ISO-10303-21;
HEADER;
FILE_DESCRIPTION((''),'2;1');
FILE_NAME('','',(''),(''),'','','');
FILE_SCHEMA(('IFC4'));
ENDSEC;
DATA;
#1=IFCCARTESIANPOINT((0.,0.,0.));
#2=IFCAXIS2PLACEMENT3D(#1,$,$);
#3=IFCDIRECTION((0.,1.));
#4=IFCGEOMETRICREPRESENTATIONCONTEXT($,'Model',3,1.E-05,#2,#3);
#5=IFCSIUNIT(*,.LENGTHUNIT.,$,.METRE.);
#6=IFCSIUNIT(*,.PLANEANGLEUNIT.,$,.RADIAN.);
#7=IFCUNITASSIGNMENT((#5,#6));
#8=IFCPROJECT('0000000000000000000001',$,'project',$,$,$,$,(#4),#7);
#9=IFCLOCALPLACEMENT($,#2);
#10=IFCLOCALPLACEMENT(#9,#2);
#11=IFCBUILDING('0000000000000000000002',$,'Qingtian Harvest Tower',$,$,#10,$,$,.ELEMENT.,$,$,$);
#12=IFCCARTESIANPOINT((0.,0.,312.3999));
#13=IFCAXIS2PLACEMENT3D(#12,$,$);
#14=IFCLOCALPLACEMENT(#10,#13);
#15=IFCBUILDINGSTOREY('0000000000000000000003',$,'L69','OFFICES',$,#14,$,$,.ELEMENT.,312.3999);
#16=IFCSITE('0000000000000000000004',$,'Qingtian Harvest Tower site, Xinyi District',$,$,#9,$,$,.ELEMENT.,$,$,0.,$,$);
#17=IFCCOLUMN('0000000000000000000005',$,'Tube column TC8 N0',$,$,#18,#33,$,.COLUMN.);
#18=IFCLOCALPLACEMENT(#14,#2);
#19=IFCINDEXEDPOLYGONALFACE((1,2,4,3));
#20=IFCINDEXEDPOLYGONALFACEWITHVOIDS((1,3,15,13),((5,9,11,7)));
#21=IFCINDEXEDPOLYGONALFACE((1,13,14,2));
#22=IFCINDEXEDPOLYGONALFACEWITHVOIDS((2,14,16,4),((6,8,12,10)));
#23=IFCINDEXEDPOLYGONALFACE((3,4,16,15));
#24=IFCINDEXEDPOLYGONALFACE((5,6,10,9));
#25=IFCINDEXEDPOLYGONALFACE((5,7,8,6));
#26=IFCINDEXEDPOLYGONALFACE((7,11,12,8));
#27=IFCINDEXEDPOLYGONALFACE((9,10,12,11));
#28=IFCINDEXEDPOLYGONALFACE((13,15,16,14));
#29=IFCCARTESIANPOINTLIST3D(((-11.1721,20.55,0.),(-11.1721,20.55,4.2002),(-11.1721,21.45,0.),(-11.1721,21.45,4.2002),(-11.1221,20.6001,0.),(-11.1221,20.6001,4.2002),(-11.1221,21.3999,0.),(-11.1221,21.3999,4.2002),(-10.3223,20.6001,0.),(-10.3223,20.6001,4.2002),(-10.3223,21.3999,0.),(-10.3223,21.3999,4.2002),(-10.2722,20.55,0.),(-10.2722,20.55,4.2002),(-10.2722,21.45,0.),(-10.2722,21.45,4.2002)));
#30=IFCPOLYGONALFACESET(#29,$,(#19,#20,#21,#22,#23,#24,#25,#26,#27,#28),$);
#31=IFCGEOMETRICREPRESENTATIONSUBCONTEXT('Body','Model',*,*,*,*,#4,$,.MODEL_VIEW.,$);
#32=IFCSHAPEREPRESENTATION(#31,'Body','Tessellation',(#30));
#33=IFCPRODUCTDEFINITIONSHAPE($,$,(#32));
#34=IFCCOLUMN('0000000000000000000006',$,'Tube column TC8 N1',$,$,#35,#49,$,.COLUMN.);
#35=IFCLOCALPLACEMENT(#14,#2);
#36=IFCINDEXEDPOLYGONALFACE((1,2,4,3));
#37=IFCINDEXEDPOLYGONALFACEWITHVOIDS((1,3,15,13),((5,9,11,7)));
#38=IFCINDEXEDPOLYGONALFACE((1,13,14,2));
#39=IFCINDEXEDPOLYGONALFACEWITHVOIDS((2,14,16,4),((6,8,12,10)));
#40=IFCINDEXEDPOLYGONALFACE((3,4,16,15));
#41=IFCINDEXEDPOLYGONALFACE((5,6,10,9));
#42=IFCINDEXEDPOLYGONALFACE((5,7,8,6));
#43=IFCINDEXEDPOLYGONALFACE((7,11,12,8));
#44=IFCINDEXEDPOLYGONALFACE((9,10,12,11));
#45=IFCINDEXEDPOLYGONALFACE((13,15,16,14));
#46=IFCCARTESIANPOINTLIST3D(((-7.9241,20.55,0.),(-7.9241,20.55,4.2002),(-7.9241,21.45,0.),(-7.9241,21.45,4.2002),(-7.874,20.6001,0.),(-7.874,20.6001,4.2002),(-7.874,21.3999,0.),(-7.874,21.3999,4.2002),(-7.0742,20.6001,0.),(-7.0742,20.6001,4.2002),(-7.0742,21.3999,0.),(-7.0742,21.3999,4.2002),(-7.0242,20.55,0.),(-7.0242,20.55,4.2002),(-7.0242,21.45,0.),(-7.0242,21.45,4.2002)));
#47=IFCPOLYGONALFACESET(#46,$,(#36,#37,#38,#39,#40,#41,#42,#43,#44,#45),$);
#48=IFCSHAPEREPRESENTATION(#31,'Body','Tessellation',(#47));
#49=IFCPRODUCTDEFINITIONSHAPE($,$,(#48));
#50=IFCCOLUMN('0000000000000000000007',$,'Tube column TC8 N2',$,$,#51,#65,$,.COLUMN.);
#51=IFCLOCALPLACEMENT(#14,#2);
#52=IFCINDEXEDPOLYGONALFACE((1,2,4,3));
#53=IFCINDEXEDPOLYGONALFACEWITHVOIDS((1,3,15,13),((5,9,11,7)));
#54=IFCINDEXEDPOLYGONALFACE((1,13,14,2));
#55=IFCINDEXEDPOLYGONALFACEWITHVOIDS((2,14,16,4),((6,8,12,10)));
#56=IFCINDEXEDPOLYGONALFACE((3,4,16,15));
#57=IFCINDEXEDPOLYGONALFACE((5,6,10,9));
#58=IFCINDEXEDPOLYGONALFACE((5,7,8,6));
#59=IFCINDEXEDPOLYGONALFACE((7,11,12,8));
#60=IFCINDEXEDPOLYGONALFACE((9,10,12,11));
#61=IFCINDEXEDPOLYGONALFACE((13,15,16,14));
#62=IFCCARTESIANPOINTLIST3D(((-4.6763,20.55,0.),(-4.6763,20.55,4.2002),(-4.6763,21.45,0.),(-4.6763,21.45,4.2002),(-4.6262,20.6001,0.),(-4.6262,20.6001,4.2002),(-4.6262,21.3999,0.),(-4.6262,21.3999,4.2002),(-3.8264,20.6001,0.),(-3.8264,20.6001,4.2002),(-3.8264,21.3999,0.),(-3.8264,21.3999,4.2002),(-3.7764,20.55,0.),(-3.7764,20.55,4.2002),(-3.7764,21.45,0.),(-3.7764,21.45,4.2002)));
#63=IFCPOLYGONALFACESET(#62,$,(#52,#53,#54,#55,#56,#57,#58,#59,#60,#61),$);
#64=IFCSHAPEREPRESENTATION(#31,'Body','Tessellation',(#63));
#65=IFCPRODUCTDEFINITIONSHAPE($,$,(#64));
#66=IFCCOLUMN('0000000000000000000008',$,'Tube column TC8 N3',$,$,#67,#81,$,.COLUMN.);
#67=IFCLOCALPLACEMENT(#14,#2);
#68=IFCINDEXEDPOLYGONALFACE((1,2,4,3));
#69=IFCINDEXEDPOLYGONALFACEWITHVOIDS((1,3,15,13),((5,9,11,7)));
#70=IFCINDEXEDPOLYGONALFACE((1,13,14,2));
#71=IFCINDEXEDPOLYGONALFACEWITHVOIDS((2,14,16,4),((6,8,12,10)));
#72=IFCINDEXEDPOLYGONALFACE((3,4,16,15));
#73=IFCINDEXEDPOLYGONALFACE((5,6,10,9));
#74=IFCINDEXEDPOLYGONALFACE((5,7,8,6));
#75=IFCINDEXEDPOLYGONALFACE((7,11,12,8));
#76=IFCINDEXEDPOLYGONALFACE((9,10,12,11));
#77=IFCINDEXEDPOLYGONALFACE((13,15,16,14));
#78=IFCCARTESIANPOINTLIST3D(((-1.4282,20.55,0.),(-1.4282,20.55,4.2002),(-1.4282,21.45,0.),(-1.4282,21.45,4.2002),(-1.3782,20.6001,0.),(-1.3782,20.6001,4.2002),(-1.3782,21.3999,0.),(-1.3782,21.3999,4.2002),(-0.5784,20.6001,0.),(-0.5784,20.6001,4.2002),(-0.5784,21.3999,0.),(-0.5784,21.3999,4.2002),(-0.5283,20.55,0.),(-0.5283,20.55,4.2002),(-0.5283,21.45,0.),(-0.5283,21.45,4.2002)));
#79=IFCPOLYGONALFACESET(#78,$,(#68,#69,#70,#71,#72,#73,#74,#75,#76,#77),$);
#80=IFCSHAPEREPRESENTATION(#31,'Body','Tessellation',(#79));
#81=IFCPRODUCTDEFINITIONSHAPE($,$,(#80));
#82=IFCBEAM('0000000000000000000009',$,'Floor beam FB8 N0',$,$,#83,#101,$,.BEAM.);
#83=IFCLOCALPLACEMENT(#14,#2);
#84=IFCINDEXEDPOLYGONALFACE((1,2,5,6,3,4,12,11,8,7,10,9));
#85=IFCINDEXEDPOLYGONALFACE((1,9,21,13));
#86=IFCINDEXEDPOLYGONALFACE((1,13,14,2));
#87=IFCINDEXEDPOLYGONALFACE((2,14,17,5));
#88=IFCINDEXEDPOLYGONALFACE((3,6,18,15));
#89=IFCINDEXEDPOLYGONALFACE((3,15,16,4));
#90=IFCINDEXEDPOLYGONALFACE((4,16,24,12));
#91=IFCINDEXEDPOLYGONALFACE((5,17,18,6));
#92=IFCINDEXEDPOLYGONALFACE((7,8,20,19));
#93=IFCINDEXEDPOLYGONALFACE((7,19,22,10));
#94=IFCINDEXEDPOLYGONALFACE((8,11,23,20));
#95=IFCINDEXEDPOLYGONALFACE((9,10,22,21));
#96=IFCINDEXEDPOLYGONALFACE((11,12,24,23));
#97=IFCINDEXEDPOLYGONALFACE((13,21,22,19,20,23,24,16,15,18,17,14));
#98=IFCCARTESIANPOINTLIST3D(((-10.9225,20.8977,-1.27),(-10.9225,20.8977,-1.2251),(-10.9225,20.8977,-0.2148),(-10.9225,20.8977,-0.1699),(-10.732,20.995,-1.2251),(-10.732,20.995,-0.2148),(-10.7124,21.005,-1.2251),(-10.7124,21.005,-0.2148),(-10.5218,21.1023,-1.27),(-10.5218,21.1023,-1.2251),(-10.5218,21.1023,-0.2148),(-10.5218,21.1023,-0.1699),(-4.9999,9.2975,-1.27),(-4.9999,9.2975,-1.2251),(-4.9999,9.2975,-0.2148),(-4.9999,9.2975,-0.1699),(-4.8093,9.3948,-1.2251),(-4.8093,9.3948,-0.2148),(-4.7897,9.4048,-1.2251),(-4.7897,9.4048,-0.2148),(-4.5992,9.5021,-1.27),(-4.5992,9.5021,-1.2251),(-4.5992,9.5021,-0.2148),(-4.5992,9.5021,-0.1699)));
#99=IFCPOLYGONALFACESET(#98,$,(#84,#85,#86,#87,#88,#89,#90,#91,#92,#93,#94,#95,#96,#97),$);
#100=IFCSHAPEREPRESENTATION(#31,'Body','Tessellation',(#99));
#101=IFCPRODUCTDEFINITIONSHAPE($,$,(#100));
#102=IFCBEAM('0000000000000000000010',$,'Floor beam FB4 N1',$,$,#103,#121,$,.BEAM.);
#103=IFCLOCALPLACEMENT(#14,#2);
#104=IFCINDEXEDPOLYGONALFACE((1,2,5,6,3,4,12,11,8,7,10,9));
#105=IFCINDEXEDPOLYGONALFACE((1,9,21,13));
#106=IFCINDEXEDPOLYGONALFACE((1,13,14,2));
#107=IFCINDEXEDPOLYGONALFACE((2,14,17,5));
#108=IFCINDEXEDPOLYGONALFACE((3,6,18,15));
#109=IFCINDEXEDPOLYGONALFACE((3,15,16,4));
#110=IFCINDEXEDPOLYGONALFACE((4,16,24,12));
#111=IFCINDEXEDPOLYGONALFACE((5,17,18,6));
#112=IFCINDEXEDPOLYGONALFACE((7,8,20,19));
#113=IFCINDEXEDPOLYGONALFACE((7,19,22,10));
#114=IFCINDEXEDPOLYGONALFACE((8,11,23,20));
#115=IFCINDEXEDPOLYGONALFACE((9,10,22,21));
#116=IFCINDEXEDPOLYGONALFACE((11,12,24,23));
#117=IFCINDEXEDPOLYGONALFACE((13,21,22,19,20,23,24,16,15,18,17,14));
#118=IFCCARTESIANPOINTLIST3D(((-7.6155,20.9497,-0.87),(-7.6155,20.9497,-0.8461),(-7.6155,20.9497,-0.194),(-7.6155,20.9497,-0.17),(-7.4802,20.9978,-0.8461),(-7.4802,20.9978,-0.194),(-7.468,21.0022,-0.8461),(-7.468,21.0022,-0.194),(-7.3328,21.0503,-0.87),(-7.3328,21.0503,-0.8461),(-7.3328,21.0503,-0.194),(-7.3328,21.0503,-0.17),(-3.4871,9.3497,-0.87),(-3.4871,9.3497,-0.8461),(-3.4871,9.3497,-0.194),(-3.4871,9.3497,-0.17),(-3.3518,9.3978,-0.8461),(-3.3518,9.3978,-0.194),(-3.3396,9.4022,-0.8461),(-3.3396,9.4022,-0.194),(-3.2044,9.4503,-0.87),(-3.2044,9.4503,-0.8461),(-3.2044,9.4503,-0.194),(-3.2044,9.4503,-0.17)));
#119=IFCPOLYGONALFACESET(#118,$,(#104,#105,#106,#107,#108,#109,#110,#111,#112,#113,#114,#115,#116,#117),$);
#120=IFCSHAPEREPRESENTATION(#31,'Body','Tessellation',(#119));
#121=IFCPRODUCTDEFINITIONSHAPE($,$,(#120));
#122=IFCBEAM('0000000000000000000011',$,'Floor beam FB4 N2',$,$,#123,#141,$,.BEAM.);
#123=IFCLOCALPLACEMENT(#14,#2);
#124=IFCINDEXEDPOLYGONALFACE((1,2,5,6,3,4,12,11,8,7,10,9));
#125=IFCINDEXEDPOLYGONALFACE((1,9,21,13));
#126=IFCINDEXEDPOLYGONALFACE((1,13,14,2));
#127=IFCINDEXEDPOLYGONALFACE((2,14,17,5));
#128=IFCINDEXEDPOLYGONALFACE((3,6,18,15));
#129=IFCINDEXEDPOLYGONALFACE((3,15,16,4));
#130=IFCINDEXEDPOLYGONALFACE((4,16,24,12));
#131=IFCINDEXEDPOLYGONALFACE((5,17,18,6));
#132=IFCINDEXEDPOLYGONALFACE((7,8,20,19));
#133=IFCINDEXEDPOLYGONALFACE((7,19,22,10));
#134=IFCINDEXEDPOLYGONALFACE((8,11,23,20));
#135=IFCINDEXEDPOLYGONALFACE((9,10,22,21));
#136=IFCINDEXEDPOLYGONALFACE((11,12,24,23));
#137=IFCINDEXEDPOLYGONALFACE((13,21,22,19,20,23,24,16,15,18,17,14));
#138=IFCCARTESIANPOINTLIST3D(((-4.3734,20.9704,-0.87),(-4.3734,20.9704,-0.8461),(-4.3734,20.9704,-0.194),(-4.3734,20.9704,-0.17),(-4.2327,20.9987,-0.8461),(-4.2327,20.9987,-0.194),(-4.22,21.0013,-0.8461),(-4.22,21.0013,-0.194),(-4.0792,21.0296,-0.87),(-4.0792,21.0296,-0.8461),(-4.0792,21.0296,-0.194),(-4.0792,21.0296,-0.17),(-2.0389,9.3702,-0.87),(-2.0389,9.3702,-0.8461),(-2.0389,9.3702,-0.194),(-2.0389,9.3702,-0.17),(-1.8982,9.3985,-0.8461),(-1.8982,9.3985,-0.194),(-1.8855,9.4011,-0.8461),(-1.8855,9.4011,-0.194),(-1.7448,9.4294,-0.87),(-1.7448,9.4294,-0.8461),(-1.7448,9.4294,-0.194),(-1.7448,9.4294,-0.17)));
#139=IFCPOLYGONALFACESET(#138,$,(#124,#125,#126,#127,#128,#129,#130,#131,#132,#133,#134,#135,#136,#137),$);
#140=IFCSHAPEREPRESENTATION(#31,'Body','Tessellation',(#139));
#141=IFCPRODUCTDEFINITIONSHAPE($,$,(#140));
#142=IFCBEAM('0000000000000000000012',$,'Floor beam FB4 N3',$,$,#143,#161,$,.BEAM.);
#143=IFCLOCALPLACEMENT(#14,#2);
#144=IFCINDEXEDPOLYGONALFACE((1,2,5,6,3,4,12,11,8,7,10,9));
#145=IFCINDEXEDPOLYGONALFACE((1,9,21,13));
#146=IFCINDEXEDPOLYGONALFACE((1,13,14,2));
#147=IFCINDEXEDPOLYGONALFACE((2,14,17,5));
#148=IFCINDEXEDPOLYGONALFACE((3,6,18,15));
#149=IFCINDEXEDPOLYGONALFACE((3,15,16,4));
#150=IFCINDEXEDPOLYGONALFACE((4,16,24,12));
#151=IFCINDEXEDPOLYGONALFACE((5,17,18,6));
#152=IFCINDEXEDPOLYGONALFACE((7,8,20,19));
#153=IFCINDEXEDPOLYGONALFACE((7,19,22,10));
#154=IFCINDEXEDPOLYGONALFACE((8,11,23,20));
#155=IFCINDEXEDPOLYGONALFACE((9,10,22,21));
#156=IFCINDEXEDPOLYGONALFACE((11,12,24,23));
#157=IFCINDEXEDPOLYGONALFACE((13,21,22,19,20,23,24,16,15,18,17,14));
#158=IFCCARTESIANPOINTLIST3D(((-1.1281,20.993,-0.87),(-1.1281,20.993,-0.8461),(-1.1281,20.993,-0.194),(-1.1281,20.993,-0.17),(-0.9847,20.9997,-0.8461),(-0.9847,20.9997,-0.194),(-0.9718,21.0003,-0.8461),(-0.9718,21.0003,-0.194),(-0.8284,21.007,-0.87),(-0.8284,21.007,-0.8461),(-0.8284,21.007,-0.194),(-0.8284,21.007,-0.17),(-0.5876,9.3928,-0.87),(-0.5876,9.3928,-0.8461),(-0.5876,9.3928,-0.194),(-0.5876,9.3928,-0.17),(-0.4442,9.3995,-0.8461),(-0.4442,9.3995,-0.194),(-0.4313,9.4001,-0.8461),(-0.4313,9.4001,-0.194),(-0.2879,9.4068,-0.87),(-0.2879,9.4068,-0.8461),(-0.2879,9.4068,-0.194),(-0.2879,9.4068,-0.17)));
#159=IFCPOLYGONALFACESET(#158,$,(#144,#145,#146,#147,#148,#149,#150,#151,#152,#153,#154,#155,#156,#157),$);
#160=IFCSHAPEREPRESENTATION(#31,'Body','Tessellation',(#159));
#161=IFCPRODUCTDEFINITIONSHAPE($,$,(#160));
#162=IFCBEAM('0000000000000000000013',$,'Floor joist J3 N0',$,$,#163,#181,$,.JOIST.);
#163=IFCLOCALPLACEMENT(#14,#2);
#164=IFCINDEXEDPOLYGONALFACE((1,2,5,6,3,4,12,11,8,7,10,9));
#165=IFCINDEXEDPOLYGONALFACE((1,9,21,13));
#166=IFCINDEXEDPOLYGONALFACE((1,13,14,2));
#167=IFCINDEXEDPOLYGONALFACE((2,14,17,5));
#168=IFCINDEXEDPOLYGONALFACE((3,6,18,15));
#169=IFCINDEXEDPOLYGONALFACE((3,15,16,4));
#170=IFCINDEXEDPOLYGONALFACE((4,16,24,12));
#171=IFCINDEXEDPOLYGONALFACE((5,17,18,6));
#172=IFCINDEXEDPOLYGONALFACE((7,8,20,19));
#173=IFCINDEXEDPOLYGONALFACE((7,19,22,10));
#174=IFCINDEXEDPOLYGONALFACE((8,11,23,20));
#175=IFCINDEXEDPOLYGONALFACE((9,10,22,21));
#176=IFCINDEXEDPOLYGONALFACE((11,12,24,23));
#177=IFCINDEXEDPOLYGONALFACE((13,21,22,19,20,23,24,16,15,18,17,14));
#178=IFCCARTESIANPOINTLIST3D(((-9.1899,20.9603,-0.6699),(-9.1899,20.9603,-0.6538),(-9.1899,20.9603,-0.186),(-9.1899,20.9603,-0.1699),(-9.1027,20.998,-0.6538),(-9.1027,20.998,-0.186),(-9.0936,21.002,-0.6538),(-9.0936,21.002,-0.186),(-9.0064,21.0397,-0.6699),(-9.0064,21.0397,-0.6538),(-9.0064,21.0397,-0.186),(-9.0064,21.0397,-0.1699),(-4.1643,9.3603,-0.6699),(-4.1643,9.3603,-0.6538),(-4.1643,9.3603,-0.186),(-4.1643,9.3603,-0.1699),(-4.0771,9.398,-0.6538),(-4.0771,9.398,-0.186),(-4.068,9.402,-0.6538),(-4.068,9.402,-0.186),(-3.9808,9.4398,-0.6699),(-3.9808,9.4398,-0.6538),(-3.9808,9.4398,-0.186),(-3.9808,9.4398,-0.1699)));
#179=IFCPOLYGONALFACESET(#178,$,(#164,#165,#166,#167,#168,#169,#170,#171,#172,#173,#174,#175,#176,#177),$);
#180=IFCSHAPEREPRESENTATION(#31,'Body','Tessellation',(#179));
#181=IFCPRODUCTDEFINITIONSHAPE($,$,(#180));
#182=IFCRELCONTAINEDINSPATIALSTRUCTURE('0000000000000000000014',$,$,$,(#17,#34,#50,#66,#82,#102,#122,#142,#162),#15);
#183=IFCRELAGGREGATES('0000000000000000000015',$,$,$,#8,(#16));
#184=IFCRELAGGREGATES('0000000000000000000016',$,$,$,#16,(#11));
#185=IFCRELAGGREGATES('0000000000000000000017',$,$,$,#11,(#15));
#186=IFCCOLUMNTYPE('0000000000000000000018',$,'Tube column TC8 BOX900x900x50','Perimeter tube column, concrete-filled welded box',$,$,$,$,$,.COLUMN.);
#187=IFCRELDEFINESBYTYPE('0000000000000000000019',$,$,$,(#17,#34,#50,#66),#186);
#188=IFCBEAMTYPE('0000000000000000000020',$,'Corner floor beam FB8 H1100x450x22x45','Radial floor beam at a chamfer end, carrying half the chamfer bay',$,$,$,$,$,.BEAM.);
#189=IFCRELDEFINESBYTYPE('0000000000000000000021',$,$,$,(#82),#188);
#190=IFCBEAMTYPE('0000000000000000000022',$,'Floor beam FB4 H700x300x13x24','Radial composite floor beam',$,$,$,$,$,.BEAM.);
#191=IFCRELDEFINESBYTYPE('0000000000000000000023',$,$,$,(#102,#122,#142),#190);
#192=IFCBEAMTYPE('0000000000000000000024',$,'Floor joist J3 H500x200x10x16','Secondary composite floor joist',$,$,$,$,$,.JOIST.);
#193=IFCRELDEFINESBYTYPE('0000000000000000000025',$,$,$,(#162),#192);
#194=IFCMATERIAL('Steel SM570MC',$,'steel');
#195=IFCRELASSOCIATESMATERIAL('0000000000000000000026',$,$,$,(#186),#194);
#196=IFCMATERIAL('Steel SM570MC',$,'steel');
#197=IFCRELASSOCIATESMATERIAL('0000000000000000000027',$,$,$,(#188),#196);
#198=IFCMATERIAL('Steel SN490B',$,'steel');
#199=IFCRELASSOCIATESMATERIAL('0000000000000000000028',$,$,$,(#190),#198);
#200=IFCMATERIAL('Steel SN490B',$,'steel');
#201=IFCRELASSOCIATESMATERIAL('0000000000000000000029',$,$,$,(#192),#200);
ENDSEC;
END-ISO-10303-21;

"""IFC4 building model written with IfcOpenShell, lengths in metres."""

from ifc_helpers import new_model, si_unit, direction, frame, origin, origin_2d, place, context, subcontext, project, spatial, hollow_rectangle, i_section, extrude, material, material_profile, profile_set, type_object, element, save


model = new_model("IFC4")

# Units and contexts
model_context = context("Model", 3, precision=1e-05, world=origin(), true_north=direction((0.0, 1.0)))
body_context = subcontext(model_context, "Body", "Model", "MODEL_VIEW")
ifc_project = project(units=[si_unit("LENGTHUNIT", "METRE"), si_unit("PLANEANGLEUNIT", "RADIAN")], contexts=[model_context])

# Site, building, storey
site_placement = place(None, origin())
site = spatial("IfcSite", under=ifc_project, at=site_placement, Name="Qingtian Harvest Tower site, Xinyi District", CompositionType="ELEMENT", RefElevation=0.0)
building_placement = place(site_placement, origin())
building = spatial("IfcBuilding", under=site, at=building_placement, Name="Qingtian Harvest Tower", CompositionType="ELEMENT")
storey_placement = place(building_placement, frame((0.0, 0.0, 312.3999)))
storey = spatial("IfcBuildingStorey", under=building, at=storey_placement, Name="L69", Description="OFFICES", CompositionType="ELEMENT", Elevation=312.3999)

# Columns
ifc_material_1 = material(Name="Steel SM570MC", Category="steel")
ifc_material_profile_1 = material_profile(ifc_material_1, hollow_rectangle(XDim=0.8999, YDim=0.8999, WallThickness=0.05, at=origin_2d()), Name="BOX900x900x50")
ifc_profile_set_1 = profile_set([ifc_material_profile_1], Name="Steel SM570MC")
column_type = type_object("IfcColumnType", Name="Tube column TC8 BOX900x900x50", Description="Perimeter tube column, concrete-filled welded box", PredefinedType="COLUMN", material=ifc_profile_set_1)
for number, where, z_axis, x_axis, name in (
    (1, (-10.7222, 21.0, 0.0), (0.0, 0.0, 1.0), (-1.0, 0.0, 0.0), "Tube column TC8 N0"),
    (2, (-7.4741, 21.0, 0.0), (0.0, 0.0, 1.0), (-1.0, 0.0, 0.0), "Tube column TC8 N1"),
    (3, (-4.2263, 21.0, 0.0), (0.0, 0.0, 1.0), (-1.0, 0.0, 0.0), "Tube column TC8 N2"),
    (4, (-0.9783, 21.0, 0.0), (0.0, 0.0, 1.0), (-1.0, 0.0, 0.0), "Tube column TC8 N3"),
):
    element("IfcColumn", number, at=place(storey_placement, frame(where, z_axis=z_axis, x_axis=x_axis)), inside=storey, type_object=column_type, Name=name, PredefinedType="COLUMN", context=body_context, shape_type="SweptSolid", body=[
        extrude(hollow_rectangle(XDim=0.8999, YDim=0.8999, WallThickness=0.05, at=origin_2d()), origin(), (0.0, 0.0, 1.0), 4.2002),
    ])

# Beams
ifc_material_2 = material(Name="Steel SM570MC", Category="steel")
ifc_material_profile_2 = material_profile(ifc_material_2, i_section(OverallWidth=0.45, OverallDepth=1.1001, WebThickness=0.022, FlangeThickness=0.0449, at=origin_2d()), Name="H1100x450x22x45")
ifc_profile_set_2 = profile_set([ifc_material_profile_2], Name="Steel SM570MC")
beam_type_1 = type_object("IfcBeamType", Name="Corner floor beam FB8 H1100x450x22x45", Description="Radial floor beam at a chamfer end, carrying half the chamfer bay", PredefinedType="BEAM", material=ifc_profile_set_2)
beam_1_placement = place(storey_placement, frame((-10.7222, 21.0, -0.72), z_axis=(0.454726, -0.890632, 0.0), x_axis=(0.890632, 0.454726, 0.0)))
element("IfcBeam", 5, at=beam_1_placement, inside=storey, type_object=beam_type_1, Name="Floor beam FB8 N0", PredefinedType="BEAM", context=body_context, shape_type="SweptSolid", body=[
    extrude(i_section(OverallWidth=0.45, OverallDepth=1.1001, WebThickness=0.022, FlangeThickness=0.0449, at=origin_2d()), origin(), (0.0, 0.0, 1.0), 13.0247),
])
ifc_material_3 = material(Name="Steel SN490B", Category="steel")
ifc_material_profile_3 = material_profile(ifc_material_3, i_section(OverallWidth=0.3, OverallDepth=0.7, WebThickness=0.0129, FlangeThickness=0.0239, at=origin_2d()), Name="H700x300x13x24")
ifc_profile_set_3 = profile_set([ifc_material_profile_3], Name="Steel SN490B")
beam_type_2 = type_object("IfcBeamType", Name="Floor beam FB4 H700x300x13x24", Description="Radial composite floor beam", PredefinedType="BEAM", material=ifc_profile_set_3)
beam_2_placement = place(storey_placement, frame((-7.4741, 21.0, -0.52), z_axis=(0.335294, -0.942114, 0.0), x_axis=(0.942114, 0.335294, 0.0)))
element("IfcBeam", 6, at=beam_2_placement, inside=storey, type_object=beam_type_2, Name="Floor beam FB4 N1", PredefinedType="BEAM", context=body_context, shape_type="SweptSolid", body=[
    extrude(i_section(OverallWidth=0.3, OverallDepth=0.7, WebThickness=0.0129, FlangeThickness=0.0239, at=origin_2d()), origin(), (0.0, 0.0, 1.0), 12.3127),
])
beam_3_placement = place(storey_placement, frame((-4.2263, 21.0, -0.52), z_axis=(0.19729, -0.980345, 0.0), x_axis=(0.980345, 0.19729, 0.0)))
element("IfcBeam", 7, at=beam_3_placement, inside=storey, type_object=beam_type_2, Name="Floor beam FB4 N2", PredefinedType="BEAM", context=body_context, shape_type="SweptSolid", body=[
    extrude(i_section(OverallWidth=0.3, OverallDepth=0.7, WebThickness=0.0129, FlangeThickness=0.0239, at=origin_2d()), origin(), (0.0, 0.0, 1.0), 11.8328),
])
beam_4_placement = place(storey_placement, frame((-0.9783, 21.0, -0.52), z_axis=(0.046546, -0.998916, 0.0), x_axis=(0.998916, 0.046546, 0.0)))
element("IfcBeam", 8, at=beam_4_placement, inside=storey, type_object=beam_type_2, Name="Floor beam FB4 N3", PredefinedType="BEAM", context=body_context, shape_type="SweptSolid", body=[
    extrude(i_section(OverallWidth=0.3, OverallDepth=0.7, WebThickness=0.0129, FlangeThickness=0.0239, at=origin_2d()), origin(), (0.0, 0.0, 1.0), 11.6128),
])
ifc_material_4 = material(Name="Steel SN490B", Category="steel")
ifc_material_profile_4 = material_profile(ifc_material_4, i_section(OverallWidth=0.2, OverallDepth=0.5, WebThickness=0.01, FlangeThickness=0.0161, at=origin_2d()), Name="H500x200x10x16")
ifc_profile_set_4 = profile_set([ifc_material_profile_4], Name="Steel SN490B")
beam_type_3 = type_object("IfcBeamType", Name="Floor joist J3 H500x200x10x16", Description="Secondary composite floor joist", PredefinedType="JOIST", material=ifc_profile_set_4)
beam_5_placement = place(storey_placement, frame((-9.0981, 21.0, -0.4199), z_axis=(0.397536, -0.917587, 0.0), x_axis=(0.917587, 0.397536, 0.0)))
element("IfcBeam", 9, at=beam_5_placement, inside=storey, type_object=beam_type_3, Name="Floor joist J3 N0", PredefinedType="JOIST", context=body_context, shape_type="SweptSolid", body=[
    extrude(i_section(OverallWidth=0.2, OverallDepth=0.5, WebThickness=0.01, FlangeThickness=0.0161, at=origin_2d()), origin(), (0.0, 0.0, 1.0), 12.6418),
])

save(model, "model.ifc")
